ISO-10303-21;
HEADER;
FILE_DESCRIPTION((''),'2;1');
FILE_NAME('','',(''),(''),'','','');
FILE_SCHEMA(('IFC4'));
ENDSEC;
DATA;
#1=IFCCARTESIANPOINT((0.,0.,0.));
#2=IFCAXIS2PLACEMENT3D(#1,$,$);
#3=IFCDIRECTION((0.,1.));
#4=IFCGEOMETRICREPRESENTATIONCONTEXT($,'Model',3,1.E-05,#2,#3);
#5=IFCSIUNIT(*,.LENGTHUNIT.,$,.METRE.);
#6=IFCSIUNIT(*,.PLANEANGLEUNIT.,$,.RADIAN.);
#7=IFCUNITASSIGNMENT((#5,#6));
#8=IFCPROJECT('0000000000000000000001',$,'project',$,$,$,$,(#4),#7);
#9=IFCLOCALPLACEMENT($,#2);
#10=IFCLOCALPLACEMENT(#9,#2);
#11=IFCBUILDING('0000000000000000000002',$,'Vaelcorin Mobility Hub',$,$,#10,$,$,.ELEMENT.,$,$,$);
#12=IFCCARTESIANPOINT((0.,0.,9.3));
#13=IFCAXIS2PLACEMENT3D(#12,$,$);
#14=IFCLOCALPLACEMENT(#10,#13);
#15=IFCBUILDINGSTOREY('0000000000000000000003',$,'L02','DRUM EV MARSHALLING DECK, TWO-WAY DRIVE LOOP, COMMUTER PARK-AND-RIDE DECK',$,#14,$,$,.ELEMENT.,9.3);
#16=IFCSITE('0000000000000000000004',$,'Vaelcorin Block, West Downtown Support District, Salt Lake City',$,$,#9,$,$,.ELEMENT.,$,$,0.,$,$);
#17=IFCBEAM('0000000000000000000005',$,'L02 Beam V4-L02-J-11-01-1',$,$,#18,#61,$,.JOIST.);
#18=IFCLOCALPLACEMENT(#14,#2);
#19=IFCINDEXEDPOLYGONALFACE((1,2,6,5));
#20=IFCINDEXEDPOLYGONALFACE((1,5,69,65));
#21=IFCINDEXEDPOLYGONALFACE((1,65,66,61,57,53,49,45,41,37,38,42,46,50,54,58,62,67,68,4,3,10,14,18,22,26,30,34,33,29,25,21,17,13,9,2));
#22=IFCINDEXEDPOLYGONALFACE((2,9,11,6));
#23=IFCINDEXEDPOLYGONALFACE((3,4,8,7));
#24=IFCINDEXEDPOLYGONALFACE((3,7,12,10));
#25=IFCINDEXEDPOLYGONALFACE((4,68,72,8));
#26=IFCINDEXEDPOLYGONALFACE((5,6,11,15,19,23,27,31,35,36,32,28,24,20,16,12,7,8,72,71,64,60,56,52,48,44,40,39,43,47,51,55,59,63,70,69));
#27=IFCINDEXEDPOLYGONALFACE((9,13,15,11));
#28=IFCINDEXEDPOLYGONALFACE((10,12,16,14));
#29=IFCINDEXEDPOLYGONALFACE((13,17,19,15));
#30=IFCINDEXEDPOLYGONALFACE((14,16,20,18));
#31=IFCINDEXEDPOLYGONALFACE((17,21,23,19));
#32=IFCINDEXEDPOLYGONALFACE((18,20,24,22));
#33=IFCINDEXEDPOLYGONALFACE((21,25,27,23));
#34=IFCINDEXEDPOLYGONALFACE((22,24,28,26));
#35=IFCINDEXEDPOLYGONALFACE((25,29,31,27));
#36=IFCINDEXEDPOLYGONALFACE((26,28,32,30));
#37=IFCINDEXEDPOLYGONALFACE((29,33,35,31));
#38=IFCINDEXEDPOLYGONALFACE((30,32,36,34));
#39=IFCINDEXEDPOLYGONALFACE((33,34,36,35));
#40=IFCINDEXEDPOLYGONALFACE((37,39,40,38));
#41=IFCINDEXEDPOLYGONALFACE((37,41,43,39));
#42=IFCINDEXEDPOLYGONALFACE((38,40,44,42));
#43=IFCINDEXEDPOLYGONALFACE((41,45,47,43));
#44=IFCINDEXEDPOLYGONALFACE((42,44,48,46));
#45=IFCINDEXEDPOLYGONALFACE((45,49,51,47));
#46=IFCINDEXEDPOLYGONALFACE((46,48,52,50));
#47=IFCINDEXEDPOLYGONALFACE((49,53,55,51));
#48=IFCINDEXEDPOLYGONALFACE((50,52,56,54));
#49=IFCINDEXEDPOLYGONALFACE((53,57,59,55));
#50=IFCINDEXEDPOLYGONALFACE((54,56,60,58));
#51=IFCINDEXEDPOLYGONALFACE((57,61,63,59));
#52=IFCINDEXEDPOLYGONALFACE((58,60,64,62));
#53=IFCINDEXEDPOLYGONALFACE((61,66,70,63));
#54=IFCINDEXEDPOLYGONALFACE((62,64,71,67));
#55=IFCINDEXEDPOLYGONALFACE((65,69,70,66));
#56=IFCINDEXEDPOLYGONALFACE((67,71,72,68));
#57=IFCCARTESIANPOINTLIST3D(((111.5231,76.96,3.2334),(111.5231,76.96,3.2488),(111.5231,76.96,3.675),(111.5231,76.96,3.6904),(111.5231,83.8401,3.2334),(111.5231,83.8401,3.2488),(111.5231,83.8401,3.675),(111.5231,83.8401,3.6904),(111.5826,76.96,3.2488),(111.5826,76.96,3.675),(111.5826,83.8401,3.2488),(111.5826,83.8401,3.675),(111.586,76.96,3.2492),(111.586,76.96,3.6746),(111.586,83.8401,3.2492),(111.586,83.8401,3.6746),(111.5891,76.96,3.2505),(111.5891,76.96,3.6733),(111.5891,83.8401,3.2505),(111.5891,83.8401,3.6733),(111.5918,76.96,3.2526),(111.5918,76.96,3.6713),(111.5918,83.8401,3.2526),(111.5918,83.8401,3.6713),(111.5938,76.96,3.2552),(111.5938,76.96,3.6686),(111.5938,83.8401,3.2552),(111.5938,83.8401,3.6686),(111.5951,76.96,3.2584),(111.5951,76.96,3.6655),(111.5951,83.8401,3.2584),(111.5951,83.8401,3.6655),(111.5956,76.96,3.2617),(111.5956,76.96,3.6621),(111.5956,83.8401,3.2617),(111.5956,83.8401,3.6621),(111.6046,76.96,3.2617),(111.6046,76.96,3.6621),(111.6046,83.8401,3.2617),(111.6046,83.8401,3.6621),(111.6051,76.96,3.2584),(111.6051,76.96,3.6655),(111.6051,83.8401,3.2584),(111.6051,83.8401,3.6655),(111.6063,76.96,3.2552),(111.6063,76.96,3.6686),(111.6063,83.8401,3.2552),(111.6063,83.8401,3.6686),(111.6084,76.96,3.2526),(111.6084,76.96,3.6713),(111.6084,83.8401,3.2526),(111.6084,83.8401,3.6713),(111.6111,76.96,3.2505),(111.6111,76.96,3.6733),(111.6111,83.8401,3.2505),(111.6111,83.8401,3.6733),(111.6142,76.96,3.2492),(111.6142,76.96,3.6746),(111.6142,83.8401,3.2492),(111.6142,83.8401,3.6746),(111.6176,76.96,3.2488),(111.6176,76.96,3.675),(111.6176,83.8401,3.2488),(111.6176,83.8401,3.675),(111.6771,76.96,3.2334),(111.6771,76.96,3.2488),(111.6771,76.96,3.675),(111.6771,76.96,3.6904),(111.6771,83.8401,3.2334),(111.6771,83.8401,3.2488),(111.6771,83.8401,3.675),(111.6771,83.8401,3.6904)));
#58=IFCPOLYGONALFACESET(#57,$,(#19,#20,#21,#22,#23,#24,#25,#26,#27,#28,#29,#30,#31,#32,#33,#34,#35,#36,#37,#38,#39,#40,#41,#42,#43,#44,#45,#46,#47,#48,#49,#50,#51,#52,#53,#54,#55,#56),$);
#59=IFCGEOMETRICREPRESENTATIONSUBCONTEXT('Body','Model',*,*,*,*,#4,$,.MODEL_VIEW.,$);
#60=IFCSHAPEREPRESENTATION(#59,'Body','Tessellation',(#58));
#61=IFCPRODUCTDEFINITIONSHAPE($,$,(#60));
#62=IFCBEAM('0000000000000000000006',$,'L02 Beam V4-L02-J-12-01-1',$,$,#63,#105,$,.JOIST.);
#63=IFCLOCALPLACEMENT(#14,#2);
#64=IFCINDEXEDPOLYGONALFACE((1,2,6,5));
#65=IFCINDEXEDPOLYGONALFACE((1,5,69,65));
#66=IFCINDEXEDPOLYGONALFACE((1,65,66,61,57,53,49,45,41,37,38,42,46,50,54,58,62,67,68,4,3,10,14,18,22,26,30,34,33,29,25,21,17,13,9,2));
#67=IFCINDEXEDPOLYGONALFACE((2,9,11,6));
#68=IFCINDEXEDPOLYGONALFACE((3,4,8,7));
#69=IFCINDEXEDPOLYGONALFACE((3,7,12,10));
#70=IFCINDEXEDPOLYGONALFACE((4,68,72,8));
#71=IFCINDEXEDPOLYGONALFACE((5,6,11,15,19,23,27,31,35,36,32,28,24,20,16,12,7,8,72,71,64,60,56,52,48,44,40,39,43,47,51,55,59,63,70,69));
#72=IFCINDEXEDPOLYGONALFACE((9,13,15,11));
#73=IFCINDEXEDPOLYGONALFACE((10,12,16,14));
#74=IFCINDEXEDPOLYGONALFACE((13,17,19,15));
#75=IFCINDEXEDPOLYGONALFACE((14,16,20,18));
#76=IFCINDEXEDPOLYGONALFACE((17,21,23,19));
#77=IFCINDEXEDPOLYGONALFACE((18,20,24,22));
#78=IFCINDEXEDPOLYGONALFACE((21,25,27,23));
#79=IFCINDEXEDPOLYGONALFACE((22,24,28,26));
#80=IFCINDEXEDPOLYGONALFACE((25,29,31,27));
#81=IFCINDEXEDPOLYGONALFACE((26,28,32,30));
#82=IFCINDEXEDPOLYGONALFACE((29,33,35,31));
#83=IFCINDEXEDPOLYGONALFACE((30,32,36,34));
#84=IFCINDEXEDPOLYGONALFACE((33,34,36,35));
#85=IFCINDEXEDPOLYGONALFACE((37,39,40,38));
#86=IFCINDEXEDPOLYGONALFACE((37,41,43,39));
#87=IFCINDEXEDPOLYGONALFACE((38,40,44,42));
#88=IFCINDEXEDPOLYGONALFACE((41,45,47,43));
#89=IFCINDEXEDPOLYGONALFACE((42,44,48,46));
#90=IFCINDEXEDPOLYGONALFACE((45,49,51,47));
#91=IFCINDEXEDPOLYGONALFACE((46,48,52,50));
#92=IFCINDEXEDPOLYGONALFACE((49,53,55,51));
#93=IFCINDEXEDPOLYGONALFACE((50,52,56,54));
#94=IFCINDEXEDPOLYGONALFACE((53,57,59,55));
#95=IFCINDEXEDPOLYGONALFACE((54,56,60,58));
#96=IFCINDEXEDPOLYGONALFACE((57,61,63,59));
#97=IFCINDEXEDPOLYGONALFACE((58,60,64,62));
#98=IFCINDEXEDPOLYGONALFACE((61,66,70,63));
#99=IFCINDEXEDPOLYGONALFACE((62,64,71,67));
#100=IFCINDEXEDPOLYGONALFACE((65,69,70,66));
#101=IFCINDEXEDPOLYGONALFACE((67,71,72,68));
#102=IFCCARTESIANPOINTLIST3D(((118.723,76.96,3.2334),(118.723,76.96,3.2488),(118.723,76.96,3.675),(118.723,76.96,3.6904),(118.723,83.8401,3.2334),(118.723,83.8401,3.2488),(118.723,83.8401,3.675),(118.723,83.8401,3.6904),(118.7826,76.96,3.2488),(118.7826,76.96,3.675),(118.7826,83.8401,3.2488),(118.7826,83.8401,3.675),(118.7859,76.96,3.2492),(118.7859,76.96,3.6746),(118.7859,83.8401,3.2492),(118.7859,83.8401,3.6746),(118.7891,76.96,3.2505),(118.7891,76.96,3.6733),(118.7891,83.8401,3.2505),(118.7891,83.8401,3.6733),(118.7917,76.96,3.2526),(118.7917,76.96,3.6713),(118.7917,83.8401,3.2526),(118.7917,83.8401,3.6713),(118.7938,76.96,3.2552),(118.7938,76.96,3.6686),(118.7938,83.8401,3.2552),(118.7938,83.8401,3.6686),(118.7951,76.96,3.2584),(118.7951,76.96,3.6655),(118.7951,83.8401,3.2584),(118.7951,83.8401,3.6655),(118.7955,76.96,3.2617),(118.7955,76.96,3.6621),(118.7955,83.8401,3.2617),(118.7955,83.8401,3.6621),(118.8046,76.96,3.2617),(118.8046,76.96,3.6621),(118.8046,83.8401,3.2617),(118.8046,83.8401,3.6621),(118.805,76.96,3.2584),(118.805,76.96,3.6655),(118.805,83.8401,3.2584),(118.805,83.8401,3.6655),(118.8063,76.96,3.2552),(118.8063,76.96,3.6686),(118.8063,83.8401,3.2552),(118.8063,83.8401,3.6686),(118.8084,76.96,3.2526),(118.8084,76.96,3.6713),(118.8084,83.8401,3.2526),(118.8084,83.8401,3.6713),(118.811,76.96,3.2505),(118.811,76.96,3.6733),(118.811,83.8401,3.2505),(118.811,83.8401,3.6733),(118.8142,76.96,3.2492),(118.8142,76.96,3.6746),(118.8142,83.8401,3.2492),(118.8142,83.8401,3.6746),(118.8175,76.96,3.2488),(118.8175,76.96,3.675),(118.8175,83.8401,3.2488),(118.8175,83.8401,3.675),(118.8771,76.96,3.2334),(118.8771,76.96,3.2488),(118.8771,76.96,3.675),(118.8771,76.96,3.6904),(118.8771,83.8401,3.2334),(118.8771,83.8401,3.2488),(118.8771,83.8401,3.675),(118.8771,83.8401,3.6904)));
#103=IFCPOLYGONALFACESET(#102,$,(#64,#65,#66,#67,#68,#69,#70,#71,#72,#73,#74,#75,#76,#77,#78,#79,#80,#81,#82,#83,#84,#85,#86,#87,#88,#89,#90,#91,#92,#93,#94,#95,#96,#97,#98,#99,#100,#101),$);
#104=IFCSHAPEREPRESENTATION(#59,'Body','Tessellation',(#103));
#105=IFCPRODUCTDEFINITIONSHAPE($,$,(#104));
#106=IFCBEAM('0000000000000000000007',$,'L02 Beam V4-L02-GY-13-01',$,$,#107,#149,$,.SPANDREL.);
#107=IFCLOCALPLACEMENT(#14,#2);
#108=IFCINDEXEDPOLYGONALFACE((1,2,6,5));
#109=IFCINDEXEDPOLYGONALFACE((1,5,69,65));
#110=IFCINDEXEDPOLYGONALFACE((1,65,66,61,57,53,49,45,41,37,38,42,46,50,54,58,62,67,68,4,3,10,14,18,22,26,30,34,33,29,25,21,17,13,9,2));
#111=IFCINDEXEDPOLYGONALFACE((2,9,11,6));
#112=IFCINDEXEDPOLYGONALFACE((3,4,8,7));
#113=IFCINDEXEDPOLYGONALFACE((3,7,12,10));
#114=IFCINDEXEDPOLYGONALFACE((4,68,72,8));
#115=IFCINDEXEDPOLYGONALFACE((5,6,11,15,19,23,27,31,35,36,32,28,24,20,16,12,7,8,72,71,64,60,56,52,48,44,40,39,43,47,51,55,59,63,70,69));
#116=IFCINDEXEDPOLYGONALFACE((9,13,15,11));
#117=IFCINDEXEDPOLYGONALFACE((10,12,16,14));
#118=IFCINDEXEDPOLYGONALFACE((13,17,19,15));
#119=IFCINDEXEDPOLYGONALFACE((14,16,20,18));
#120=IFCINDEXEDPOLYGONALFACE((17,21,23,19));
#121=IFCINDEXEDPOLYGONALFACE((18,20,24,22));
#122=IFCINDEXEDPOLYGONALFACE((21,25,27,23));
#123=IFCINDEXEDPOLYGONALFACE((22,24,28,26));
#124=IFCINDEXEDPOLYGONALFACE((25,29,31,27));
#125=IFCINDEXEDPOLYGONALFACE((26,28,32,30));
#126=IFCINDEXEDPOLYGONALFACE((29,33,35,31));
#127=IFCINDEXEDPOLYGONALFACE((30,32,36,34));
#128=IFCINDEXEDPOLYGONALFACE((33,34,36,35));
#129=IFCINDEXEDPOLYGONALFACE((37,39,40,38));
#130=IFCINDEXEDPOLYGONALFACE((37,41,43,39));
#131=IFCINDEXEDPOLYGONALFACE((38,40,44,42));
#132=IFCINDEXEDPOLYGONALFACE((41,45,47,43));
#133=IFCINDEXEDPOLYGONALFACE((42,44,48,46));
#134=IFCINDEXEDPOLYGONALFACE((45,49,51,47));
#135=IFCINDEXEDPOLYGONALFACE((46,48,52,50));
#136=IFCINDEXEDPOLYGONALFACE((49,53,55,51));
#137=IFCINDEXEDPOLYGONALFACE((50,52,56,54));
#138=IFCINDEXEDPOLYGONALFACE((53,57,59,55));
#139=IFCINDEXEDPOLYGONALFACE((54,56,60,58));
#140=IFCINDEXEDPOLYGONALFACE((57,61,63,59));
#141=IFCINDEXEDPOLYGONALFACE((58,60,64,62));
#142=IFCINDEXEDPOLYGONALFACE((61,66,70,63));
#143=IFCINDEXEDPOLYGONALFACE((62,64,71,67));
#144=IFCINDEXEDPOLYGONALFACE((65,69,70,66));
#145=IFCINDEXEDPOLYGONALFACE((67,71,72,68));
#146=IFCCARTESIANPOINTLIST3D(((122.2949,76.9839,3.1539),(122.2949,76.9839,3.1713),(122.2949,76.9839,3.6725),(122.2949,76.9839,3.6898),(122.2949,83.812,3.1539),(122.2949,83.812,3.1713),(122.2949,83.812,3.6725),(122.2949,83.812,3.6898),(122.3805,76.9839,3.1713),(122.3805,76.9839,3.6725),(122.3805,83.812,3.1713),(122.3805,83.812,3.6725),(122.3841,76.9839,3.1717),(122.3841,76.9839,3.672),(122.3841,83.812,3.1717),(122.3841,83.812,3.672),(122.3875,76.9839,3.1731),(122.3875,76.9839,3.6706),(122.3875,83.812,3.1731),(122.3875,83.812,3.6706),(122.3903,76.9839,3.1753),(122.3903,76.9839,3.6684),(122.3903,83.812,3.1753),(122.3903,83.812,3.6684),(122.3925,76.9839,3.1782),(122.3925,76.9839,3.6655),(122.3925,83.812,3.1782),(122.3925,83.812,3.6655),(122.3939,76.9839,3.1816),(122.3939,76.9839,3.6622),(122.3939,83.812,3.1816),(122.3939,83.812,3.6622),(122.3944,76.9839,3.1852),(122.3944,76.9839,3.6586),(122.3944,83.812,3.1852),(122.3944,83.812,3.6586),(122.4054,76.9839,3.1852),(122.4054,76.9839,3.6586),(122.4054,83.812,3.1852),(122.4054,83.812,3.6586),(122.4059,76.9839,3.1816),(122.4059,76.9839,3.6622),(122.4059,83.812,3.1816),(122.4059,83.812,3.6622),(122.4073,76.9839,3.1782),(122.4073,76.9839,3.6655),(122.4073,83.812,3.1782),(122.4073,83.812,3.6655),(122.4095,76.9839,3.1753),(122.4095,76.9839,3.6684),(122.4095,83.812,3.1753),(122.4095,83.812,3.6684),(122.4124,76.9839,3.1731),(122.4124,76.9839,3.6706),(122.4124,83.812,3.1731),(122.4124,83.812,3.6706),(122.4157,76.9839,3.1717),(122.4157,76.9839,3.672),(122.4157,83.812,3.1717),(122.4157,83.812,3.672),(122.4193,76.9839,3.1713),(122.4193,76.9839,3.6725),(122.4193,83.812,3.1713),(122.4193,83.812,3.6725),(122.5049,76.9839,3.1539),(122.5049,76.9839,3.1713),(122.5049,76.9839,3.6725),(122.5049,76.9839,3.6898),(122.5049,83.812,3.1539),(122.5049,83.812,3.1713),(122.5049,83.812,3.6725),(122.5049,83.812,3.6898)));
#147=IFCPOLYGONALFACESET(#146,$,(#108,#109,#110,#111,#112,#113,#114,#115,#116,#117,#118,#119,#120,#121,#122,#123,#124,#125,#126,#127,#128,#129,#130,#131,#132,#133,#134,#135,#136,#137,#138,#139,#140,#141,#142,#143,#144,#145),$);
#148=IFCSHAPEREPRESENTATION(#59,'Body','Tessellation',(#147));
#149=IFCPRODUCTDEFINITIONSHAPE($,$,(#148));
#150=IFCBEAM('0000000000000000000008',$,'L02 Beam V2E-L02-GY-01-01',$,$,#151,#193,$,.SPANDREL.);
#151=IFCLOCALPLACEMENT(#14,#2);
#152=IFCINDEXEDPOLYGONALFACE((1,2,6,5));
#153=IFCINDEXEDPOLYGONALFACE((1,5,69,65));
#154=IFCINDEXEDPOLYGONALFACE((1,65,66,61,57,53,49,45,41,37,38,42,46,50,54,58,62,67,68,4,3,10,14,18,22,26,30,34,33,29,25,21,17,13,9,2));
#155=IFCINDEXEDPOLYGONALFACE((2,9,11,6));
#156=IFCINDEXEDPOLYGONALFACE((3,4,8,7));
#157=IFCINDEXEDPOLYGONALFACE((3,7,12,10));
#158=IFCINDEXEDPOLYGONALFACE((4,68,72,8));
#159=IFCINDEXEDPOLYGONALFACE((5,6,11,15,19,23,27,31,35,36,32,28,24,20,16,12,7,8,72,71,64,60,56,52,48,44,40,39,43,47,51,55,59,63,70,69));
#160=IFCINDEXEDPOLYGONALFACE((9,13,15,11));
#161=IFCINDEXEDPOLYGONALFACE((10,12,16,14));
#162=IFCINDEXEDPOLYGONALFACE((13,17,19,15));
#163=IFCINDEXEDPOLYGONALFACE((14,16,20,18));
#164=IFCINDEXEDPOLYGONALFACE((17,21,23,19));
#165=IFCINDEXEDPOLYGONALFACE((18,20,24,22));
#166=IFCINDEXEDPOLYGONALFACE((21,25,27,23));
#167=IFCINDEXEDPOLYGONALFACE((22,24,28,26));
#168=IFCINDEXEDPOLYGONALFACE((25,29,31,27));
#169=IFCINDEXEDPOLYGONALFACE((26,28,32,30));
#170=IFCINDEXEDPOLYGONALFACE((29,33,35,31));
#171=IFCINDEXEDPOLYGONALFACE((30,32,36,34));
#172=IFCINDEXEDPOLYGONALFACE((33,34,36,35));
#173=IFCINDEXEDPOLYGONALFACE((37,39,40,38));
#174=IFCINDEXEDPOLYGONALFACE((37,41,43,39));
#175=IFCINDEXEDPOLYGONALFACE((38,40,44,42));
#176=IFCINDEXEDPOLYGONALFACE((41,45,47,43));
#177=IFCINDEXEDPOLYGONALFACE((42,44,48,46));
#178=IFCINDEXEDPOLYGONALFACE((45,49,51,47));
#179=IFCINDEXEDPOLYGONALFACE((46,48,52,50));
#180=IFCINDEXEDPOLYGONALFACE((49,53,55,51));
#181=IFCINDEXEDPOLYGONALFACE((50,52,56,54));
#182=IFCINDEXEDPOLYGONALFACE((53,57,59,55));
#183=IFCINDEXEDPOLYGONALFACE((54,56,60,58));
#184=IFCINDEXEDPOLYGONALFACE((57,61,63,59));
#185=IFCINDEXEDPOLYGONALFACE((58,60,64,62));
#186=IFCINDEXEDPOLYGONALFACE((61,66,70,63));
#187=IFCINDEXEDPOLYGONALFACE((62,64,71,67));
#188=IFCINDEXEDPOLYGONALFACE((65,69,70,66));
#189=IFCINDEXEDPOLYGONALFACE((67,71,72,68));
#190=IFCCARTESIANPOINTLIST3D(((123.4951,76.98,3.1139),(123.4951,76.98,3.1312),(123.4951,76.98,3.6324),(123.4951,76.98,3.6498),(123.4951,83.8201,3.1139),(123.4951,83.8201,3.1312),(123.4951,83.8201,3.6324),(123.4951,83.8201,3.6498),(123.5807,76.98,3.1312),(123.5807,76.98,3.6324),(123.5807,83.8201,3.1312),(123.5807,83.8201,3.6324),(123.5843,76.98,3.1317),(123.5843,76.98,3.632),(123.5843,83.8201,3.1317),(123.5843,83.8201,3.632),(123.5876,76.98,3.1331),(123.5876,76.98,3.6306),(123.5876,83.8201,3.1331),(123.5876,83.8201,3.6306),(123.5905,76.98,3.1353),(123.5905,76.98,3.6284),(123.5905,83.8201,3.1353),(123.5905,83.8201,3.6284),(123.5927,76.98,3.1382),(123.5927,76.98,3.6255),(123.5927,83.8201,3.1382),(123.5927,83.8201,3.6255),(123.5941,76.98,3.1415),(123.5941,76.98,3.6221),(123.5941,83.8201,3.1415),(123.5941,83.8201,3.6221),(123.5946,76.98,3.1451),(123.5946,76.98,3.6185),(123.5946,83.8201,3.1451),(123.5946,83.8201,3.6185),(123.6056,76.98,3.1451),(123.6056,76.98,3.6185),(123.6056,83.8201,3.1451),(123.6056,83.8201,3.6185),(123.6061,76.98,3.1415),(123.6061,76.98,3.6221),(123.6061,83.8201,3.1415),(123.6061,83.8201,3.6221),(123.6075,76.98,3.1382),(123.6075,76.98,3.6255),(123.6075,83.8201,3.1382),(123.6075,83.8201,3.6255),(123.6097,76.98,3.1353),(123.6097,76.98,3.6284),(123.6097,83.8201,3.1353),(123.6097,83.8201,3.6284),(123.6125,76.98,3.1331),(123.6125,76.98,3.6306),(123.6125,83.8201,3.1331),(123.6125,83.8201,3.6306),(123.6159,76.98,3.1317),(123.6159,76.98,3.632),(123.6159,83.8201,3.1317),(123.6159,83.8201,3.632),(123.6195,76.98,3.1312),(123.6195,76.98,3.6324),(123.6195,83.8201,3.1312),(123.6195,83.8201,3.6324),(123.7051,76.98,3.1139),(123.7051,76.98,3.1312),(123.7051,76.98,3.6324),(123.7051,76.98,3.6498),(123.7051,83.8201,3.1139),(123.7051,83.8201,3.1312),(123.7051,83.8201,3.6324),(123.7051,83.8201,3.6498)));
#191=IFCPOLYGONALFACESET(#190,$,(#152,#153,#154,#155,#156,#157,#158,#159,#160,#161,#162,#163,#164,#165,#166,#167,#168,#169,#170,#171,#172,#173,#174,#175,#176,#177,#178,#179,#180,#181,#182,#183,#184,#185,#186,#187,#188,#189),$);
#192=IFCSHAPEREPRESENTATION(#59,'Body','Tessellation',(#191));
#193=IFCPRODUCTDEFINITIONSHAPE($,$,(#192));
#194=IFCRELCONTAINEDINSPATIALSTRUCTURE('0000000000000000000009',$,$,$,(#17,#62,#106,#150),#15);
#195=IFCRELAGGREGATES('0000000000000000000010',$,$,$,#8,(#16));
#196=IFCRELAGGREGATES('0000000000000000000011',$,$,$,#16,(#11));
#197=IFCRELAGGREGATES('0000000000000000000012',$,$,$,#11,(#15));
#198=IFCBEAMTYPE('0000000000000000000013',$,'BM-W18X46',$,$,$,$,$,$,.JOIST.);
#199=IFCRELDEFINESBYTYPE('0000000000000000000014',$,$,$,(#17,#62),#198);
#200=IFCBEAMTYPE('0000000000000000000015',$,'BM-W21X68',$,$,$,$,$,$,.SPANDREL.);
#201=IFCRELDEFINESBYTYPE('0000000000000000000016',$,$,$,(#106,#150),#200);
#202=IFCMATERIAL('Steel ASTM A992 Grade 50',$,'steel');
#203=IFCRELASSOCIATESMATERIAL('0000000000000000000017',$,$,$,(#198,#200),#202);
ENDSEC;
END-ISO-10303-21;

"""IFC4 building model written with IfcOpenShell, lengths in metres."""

from ifc_helpers import new_model, si_unit, direction, frame, origin, origin_2d, place, context, subcontext, project, spatial, i_section, extrude, material, material_profile, profile_set, type_object, element, save


model = new_model("IFC4")

# Units and contexts
model_context = context("Model", 3, precision=1e-05, world=origin(), true_north=direction((0.0, 1.0)))
body_context = subcontext(model_context, "Body", "Model", "MODEL_VIEW")
ifc_project = project(units=[si_unit("LENGTHUNIT", "METRE"), si_unit("PLANEANGLEUNIT", "RADIAN")], contexts=[model_context])

# Site, building, storey
site_placement = place(None, origin())
site = spatial("IfcSite", under=ifc_project, at=site_placement, Name="Vaelcorin Block, West Downtown Support District, Salt Lake City", CompositionType="ELEMENT", RefElevation=0.0)
building_placement = place(site_placement, origin())
building = spatial("IfcBuilding", under=site, at=building_placement, Name="Vaelcorin Mobility Hub", CompositionType="ELEMENT")
storey_placement = place(building_placement, frame((0.0, 0.0, 9.3)))
storey = spatial("IfcBuildingStorey", under=building, at=storey_placement, Name="L02", Description="DRUM EV MARSHALLING DECK, TWO-WAY DRIVE LOOP, COMMUTER PARK-AND-RIDE DECK", CompositionType="ELEMENT", Elevation=9.3)

# Shared definitions
ifc_material_1 = material(Name="Steel ASTM A992 Grade 50", Category="steel")

# Beams
ifc_material_profile_1 = material_profile(ifc_material_1, i_section(OverallWidth=0.1541, OverallDepth=0.457, WebThickness=0.009, FlangeThickness=0.0154, FilletRadius=0.0129, at=origin_2d()), Name="W18X46")
ifc_profile_set_1 = profile_set([ifc_material_profile_1], Name="Steel ASTM A992 Grade 50")
beam_type_1 = type_object("IfcBeamType", Name="BM-W18X46", PredefinedType="JOIST", material=ifc_profile_set_1)
for number, where, z_axis, x_axis, name in (
    (1, (111.6001, 76.96, 3.4619), (0.0, 1.0, 0.0), (-1.0, 0.0, 0.0), "L02 Beam V4-L02-J-11-01-1"),
    (2, (118.8, 76.96, 3.4619), (0.0, 1.0, 0.0), (-1.0, 0.0, 0.0), "L02 Beam V4-L02-J-12-01-1"),
):
    element("IfcBeam", number, at=place(storey_placement, frame(where, z_axis=z_axis, x_axis=x_axis)), inside=storey, type_object=beam_type_1, Name=name, PredefinedType="JOIST", context=body_context, shape_type="SweptSolid", body=[
        extrude(i_section(OverallWidth=0.1541, OverallDepth=0.457, WebThickness=0.009, FlangeThickness=0.0154, FilletRadius=0.0129, at=origin_2d()), origin(), (0.0, 0.0, 1.0), 6.8801),
    ])
ifc_material_profile_2 = material_profile(ifc_material_1, i_section(OverallWidth=0.21, OverallDepth=0.5359, WebThickness=0.011, FlangeThickness=0.0173, FilletRadius=0.0139, at=origin_2d()), Name="W21X68")
ifc_profile_set_2 = profile_set([ifc_material_profile_2], Name="Steel ASTM A992 Grade 50")
beam_type_2 = type_object("IfcBeamType", Name="BM-W21X68", PredefinedType="SPANDREL", material=ifc_profile_set_2)
beam_1_placement = place(storey_placement, frame((122.3999, 76.9839, 3.4219), z_axis=(0.0, 1.0, 0.0), x_axis=(-1.0, 0.0, 0.0)))
element("IfcBeam", 3, at=beam_1_placement, inside=storey, type_object=beam_type_2, Name="L02 Beam V4-L02-GY-13-01", PredefinedType="SPANDREL", context=body_context, shape_type="SweptSolid", body=[
    extrude(i_section(OverallWidth=0.21, OverallDepth=0.5359, WebThickness=0.011, FlangeThickness=0.0173, FilletRadius=0.0139, at=origin_2d()), origin(), (0.0, 0.0, 1.0), 6.8281),
])
beam_2_placement = place(storey_placement, frame((123.6001, 76.98, 3.3818), z_axis=(0.0, 1.0, 0.0), x_axis=(-1.0, 0.0, 0.0)))
element("IfcBeam", 4, at=beam_2_placement, inside=storey, type_object=beam_type_2, Name="L02 Beam V2E-L02-GY-01-01", PredefinedType="SPANDREL", context=body_context, shape_type="SweptSolid", body=[
    extrude(i_section(OverallWidth=0.21, OverallDepth=0.5359, WebThickness=0.011, FlangeThickness=0.0173, FilletRadius=0.0139, at=origin_2d()), origin(), (0.0, 0.0, 1.0), 6.8401),
])

save(model, "model.ifc")
